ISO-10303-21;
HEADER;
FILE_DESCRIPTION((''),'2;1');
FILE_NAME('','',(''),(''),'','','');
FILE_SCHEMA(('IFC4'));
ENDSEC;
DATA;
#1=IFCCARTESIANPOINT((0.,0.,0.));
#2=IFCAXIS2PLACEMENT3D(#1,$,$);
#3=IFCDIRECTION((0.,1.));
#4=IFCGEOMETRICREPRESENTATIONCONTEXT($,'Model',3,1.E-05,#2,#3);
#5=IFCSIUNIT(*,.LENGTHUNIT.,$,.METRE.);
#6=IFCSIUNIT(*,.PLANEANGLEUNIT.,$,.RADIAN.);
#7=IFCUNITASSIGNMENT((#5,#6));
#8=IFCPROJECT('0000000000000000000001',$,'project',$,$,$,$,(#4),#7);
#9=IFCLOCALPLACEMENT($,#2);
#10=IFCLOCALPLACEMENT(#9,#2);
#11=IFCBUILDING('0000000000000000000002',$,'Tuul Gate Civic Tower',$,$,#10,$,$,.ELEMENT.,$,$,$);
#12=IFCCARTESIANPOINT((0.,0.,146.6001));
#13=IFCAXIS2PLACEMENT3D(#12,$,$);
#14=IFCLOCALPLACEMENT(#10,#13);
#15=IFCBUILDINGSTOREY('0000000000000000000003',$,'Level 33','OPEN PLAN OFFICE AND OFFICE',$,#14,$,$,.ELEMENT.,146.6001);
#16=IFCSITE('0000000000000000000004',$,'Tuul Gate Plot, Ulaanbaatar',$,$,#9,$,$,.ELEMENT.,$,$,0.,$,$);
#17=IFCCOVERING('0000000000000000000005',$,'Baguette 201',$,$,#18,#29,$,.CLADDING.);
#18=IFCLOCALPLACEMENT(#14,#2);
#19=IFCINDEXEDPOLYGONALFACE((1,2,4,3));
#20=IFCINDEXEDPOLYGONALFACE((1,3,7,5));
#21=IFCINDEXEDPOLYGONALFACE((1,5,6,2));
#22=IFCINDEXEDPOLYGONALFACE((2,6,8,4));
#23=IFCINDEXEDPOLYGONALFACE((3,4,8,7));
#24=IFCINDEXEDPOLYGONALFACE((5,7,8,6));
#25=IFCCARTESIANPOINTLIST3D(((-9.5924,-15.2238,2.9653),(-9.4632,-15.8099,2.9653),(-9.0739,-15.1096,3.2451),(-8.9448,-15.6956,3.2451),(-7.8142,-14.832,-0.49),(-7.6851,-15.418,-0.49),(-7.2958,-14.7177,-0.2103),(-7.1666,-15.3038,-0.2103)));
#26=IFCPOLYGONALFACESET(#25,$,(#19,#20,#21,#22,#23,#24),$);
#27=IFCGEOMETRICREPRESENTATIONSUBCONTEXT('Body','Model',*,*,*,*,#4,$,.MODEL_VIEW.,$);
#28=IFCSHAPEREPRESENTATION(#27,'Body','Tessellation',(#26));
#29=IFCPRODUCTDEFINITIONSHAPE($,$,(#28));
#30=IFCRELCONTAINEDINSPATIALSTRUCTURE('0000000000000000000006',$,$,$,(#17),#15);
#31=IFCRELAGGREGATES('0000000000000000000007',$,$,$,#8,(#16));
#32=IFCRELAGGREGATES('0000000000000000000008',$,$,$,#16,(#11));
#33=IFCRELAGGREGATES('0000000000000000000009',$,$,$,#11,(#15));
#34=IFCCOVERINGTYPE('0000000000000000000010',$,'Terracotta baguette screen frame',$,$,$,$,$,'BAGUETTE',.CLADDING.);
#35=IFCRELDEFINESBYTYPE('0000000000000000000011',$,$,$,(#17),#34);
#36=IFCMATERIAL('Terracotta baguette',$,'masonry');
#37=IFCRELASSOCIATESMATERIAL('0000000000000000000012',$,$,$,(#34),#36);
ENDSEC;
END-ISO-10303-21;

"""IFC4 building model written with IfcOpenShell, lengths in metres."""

from ifc_helpers import new_model, si_unit, direction, frame, origin, origin_2d, place, context, subcontext, project, spatial, rectangle, extrude, material, material_profile, profile_set, type_object, element, save


model = new_model("IFC4")

# Units and contexts
model_context = context("Model", 3, precision=1e-05, world=origin(), true_north=direction((0.0, 1.0)))
body_context = subcontext(model_context, "Body", "Model", "MODEL_VIEW")
ifc_project = project(units=[si_unit("LENGTHUNIT", "METRE"), si_unit("PLANEANGLEUNIT", "RADIAN")], contexts=[model_context])

# Site, building, storey
site_placement = place(None, origin())
site = spatial("IfcSite", under=ifc_project, at=site_placement, Name="Tuul Gate Plot, Ulaanbaatar", CompositionType="ELEMENT", RefElevation=0.0)
building_placement = place(site_placement, origin())
building = spatial("IfcBuilding", under=site, at=building_placement, Name="Tuul Gate Civic Tower", CompositionType="ELEMENT")
storey_placement = place(building_placement, frame((0.0, 0.0, 146.6001)))
storey = spatial("IfcBuildingStorey", under=building, at=storey_placement, Name="Level 33", Description="OPEN PLAN OFFICE AND OFFICE", CompositionType="ELEMENT", Elevation=146.6001)

# Covering
ifc_material_1 = material(Name="Terracotta baguette", Category="masonry")
ifc_material_profile_1 = material_profile(ifc_material_1, rectangle(XDim=0.6001, YDim=0.6001, at=origin_2d()), Name="Terracotta baguette screen frame")
ifc_profile_set_1 = profile_set([ifc_material_profile_1], Name="Terracotta baguette")
covering_type = type_object("IfcCoveringType", Name="Terracotta baguette screen frame", ElementType="BAGUETTE", PredefinedType="CLADDING", material=ifc_profile_set_1)
covering_placement = place(storey_placement, frame((-9.2686, -15.4597, 3.1052), z_axis=(0.455254, 0.100327, -0.884691), x_axis=(-0.215212, 0.976567, 0.0)))
element("IfcCovering", 1, at=covering_placement, inside=storey, type_object=covering_type, Name="Baguette 201", PredefinedType="CLADDING", context=body_context, shape_type="SweptSolid", body=[
    extrude(rectangle(XDim=0.6001, YDim=0.6001, at=origin_2d()), origin(), (0.0, 0.0, 1.0), 3.9058),
])

save(model, "model.ifc")
